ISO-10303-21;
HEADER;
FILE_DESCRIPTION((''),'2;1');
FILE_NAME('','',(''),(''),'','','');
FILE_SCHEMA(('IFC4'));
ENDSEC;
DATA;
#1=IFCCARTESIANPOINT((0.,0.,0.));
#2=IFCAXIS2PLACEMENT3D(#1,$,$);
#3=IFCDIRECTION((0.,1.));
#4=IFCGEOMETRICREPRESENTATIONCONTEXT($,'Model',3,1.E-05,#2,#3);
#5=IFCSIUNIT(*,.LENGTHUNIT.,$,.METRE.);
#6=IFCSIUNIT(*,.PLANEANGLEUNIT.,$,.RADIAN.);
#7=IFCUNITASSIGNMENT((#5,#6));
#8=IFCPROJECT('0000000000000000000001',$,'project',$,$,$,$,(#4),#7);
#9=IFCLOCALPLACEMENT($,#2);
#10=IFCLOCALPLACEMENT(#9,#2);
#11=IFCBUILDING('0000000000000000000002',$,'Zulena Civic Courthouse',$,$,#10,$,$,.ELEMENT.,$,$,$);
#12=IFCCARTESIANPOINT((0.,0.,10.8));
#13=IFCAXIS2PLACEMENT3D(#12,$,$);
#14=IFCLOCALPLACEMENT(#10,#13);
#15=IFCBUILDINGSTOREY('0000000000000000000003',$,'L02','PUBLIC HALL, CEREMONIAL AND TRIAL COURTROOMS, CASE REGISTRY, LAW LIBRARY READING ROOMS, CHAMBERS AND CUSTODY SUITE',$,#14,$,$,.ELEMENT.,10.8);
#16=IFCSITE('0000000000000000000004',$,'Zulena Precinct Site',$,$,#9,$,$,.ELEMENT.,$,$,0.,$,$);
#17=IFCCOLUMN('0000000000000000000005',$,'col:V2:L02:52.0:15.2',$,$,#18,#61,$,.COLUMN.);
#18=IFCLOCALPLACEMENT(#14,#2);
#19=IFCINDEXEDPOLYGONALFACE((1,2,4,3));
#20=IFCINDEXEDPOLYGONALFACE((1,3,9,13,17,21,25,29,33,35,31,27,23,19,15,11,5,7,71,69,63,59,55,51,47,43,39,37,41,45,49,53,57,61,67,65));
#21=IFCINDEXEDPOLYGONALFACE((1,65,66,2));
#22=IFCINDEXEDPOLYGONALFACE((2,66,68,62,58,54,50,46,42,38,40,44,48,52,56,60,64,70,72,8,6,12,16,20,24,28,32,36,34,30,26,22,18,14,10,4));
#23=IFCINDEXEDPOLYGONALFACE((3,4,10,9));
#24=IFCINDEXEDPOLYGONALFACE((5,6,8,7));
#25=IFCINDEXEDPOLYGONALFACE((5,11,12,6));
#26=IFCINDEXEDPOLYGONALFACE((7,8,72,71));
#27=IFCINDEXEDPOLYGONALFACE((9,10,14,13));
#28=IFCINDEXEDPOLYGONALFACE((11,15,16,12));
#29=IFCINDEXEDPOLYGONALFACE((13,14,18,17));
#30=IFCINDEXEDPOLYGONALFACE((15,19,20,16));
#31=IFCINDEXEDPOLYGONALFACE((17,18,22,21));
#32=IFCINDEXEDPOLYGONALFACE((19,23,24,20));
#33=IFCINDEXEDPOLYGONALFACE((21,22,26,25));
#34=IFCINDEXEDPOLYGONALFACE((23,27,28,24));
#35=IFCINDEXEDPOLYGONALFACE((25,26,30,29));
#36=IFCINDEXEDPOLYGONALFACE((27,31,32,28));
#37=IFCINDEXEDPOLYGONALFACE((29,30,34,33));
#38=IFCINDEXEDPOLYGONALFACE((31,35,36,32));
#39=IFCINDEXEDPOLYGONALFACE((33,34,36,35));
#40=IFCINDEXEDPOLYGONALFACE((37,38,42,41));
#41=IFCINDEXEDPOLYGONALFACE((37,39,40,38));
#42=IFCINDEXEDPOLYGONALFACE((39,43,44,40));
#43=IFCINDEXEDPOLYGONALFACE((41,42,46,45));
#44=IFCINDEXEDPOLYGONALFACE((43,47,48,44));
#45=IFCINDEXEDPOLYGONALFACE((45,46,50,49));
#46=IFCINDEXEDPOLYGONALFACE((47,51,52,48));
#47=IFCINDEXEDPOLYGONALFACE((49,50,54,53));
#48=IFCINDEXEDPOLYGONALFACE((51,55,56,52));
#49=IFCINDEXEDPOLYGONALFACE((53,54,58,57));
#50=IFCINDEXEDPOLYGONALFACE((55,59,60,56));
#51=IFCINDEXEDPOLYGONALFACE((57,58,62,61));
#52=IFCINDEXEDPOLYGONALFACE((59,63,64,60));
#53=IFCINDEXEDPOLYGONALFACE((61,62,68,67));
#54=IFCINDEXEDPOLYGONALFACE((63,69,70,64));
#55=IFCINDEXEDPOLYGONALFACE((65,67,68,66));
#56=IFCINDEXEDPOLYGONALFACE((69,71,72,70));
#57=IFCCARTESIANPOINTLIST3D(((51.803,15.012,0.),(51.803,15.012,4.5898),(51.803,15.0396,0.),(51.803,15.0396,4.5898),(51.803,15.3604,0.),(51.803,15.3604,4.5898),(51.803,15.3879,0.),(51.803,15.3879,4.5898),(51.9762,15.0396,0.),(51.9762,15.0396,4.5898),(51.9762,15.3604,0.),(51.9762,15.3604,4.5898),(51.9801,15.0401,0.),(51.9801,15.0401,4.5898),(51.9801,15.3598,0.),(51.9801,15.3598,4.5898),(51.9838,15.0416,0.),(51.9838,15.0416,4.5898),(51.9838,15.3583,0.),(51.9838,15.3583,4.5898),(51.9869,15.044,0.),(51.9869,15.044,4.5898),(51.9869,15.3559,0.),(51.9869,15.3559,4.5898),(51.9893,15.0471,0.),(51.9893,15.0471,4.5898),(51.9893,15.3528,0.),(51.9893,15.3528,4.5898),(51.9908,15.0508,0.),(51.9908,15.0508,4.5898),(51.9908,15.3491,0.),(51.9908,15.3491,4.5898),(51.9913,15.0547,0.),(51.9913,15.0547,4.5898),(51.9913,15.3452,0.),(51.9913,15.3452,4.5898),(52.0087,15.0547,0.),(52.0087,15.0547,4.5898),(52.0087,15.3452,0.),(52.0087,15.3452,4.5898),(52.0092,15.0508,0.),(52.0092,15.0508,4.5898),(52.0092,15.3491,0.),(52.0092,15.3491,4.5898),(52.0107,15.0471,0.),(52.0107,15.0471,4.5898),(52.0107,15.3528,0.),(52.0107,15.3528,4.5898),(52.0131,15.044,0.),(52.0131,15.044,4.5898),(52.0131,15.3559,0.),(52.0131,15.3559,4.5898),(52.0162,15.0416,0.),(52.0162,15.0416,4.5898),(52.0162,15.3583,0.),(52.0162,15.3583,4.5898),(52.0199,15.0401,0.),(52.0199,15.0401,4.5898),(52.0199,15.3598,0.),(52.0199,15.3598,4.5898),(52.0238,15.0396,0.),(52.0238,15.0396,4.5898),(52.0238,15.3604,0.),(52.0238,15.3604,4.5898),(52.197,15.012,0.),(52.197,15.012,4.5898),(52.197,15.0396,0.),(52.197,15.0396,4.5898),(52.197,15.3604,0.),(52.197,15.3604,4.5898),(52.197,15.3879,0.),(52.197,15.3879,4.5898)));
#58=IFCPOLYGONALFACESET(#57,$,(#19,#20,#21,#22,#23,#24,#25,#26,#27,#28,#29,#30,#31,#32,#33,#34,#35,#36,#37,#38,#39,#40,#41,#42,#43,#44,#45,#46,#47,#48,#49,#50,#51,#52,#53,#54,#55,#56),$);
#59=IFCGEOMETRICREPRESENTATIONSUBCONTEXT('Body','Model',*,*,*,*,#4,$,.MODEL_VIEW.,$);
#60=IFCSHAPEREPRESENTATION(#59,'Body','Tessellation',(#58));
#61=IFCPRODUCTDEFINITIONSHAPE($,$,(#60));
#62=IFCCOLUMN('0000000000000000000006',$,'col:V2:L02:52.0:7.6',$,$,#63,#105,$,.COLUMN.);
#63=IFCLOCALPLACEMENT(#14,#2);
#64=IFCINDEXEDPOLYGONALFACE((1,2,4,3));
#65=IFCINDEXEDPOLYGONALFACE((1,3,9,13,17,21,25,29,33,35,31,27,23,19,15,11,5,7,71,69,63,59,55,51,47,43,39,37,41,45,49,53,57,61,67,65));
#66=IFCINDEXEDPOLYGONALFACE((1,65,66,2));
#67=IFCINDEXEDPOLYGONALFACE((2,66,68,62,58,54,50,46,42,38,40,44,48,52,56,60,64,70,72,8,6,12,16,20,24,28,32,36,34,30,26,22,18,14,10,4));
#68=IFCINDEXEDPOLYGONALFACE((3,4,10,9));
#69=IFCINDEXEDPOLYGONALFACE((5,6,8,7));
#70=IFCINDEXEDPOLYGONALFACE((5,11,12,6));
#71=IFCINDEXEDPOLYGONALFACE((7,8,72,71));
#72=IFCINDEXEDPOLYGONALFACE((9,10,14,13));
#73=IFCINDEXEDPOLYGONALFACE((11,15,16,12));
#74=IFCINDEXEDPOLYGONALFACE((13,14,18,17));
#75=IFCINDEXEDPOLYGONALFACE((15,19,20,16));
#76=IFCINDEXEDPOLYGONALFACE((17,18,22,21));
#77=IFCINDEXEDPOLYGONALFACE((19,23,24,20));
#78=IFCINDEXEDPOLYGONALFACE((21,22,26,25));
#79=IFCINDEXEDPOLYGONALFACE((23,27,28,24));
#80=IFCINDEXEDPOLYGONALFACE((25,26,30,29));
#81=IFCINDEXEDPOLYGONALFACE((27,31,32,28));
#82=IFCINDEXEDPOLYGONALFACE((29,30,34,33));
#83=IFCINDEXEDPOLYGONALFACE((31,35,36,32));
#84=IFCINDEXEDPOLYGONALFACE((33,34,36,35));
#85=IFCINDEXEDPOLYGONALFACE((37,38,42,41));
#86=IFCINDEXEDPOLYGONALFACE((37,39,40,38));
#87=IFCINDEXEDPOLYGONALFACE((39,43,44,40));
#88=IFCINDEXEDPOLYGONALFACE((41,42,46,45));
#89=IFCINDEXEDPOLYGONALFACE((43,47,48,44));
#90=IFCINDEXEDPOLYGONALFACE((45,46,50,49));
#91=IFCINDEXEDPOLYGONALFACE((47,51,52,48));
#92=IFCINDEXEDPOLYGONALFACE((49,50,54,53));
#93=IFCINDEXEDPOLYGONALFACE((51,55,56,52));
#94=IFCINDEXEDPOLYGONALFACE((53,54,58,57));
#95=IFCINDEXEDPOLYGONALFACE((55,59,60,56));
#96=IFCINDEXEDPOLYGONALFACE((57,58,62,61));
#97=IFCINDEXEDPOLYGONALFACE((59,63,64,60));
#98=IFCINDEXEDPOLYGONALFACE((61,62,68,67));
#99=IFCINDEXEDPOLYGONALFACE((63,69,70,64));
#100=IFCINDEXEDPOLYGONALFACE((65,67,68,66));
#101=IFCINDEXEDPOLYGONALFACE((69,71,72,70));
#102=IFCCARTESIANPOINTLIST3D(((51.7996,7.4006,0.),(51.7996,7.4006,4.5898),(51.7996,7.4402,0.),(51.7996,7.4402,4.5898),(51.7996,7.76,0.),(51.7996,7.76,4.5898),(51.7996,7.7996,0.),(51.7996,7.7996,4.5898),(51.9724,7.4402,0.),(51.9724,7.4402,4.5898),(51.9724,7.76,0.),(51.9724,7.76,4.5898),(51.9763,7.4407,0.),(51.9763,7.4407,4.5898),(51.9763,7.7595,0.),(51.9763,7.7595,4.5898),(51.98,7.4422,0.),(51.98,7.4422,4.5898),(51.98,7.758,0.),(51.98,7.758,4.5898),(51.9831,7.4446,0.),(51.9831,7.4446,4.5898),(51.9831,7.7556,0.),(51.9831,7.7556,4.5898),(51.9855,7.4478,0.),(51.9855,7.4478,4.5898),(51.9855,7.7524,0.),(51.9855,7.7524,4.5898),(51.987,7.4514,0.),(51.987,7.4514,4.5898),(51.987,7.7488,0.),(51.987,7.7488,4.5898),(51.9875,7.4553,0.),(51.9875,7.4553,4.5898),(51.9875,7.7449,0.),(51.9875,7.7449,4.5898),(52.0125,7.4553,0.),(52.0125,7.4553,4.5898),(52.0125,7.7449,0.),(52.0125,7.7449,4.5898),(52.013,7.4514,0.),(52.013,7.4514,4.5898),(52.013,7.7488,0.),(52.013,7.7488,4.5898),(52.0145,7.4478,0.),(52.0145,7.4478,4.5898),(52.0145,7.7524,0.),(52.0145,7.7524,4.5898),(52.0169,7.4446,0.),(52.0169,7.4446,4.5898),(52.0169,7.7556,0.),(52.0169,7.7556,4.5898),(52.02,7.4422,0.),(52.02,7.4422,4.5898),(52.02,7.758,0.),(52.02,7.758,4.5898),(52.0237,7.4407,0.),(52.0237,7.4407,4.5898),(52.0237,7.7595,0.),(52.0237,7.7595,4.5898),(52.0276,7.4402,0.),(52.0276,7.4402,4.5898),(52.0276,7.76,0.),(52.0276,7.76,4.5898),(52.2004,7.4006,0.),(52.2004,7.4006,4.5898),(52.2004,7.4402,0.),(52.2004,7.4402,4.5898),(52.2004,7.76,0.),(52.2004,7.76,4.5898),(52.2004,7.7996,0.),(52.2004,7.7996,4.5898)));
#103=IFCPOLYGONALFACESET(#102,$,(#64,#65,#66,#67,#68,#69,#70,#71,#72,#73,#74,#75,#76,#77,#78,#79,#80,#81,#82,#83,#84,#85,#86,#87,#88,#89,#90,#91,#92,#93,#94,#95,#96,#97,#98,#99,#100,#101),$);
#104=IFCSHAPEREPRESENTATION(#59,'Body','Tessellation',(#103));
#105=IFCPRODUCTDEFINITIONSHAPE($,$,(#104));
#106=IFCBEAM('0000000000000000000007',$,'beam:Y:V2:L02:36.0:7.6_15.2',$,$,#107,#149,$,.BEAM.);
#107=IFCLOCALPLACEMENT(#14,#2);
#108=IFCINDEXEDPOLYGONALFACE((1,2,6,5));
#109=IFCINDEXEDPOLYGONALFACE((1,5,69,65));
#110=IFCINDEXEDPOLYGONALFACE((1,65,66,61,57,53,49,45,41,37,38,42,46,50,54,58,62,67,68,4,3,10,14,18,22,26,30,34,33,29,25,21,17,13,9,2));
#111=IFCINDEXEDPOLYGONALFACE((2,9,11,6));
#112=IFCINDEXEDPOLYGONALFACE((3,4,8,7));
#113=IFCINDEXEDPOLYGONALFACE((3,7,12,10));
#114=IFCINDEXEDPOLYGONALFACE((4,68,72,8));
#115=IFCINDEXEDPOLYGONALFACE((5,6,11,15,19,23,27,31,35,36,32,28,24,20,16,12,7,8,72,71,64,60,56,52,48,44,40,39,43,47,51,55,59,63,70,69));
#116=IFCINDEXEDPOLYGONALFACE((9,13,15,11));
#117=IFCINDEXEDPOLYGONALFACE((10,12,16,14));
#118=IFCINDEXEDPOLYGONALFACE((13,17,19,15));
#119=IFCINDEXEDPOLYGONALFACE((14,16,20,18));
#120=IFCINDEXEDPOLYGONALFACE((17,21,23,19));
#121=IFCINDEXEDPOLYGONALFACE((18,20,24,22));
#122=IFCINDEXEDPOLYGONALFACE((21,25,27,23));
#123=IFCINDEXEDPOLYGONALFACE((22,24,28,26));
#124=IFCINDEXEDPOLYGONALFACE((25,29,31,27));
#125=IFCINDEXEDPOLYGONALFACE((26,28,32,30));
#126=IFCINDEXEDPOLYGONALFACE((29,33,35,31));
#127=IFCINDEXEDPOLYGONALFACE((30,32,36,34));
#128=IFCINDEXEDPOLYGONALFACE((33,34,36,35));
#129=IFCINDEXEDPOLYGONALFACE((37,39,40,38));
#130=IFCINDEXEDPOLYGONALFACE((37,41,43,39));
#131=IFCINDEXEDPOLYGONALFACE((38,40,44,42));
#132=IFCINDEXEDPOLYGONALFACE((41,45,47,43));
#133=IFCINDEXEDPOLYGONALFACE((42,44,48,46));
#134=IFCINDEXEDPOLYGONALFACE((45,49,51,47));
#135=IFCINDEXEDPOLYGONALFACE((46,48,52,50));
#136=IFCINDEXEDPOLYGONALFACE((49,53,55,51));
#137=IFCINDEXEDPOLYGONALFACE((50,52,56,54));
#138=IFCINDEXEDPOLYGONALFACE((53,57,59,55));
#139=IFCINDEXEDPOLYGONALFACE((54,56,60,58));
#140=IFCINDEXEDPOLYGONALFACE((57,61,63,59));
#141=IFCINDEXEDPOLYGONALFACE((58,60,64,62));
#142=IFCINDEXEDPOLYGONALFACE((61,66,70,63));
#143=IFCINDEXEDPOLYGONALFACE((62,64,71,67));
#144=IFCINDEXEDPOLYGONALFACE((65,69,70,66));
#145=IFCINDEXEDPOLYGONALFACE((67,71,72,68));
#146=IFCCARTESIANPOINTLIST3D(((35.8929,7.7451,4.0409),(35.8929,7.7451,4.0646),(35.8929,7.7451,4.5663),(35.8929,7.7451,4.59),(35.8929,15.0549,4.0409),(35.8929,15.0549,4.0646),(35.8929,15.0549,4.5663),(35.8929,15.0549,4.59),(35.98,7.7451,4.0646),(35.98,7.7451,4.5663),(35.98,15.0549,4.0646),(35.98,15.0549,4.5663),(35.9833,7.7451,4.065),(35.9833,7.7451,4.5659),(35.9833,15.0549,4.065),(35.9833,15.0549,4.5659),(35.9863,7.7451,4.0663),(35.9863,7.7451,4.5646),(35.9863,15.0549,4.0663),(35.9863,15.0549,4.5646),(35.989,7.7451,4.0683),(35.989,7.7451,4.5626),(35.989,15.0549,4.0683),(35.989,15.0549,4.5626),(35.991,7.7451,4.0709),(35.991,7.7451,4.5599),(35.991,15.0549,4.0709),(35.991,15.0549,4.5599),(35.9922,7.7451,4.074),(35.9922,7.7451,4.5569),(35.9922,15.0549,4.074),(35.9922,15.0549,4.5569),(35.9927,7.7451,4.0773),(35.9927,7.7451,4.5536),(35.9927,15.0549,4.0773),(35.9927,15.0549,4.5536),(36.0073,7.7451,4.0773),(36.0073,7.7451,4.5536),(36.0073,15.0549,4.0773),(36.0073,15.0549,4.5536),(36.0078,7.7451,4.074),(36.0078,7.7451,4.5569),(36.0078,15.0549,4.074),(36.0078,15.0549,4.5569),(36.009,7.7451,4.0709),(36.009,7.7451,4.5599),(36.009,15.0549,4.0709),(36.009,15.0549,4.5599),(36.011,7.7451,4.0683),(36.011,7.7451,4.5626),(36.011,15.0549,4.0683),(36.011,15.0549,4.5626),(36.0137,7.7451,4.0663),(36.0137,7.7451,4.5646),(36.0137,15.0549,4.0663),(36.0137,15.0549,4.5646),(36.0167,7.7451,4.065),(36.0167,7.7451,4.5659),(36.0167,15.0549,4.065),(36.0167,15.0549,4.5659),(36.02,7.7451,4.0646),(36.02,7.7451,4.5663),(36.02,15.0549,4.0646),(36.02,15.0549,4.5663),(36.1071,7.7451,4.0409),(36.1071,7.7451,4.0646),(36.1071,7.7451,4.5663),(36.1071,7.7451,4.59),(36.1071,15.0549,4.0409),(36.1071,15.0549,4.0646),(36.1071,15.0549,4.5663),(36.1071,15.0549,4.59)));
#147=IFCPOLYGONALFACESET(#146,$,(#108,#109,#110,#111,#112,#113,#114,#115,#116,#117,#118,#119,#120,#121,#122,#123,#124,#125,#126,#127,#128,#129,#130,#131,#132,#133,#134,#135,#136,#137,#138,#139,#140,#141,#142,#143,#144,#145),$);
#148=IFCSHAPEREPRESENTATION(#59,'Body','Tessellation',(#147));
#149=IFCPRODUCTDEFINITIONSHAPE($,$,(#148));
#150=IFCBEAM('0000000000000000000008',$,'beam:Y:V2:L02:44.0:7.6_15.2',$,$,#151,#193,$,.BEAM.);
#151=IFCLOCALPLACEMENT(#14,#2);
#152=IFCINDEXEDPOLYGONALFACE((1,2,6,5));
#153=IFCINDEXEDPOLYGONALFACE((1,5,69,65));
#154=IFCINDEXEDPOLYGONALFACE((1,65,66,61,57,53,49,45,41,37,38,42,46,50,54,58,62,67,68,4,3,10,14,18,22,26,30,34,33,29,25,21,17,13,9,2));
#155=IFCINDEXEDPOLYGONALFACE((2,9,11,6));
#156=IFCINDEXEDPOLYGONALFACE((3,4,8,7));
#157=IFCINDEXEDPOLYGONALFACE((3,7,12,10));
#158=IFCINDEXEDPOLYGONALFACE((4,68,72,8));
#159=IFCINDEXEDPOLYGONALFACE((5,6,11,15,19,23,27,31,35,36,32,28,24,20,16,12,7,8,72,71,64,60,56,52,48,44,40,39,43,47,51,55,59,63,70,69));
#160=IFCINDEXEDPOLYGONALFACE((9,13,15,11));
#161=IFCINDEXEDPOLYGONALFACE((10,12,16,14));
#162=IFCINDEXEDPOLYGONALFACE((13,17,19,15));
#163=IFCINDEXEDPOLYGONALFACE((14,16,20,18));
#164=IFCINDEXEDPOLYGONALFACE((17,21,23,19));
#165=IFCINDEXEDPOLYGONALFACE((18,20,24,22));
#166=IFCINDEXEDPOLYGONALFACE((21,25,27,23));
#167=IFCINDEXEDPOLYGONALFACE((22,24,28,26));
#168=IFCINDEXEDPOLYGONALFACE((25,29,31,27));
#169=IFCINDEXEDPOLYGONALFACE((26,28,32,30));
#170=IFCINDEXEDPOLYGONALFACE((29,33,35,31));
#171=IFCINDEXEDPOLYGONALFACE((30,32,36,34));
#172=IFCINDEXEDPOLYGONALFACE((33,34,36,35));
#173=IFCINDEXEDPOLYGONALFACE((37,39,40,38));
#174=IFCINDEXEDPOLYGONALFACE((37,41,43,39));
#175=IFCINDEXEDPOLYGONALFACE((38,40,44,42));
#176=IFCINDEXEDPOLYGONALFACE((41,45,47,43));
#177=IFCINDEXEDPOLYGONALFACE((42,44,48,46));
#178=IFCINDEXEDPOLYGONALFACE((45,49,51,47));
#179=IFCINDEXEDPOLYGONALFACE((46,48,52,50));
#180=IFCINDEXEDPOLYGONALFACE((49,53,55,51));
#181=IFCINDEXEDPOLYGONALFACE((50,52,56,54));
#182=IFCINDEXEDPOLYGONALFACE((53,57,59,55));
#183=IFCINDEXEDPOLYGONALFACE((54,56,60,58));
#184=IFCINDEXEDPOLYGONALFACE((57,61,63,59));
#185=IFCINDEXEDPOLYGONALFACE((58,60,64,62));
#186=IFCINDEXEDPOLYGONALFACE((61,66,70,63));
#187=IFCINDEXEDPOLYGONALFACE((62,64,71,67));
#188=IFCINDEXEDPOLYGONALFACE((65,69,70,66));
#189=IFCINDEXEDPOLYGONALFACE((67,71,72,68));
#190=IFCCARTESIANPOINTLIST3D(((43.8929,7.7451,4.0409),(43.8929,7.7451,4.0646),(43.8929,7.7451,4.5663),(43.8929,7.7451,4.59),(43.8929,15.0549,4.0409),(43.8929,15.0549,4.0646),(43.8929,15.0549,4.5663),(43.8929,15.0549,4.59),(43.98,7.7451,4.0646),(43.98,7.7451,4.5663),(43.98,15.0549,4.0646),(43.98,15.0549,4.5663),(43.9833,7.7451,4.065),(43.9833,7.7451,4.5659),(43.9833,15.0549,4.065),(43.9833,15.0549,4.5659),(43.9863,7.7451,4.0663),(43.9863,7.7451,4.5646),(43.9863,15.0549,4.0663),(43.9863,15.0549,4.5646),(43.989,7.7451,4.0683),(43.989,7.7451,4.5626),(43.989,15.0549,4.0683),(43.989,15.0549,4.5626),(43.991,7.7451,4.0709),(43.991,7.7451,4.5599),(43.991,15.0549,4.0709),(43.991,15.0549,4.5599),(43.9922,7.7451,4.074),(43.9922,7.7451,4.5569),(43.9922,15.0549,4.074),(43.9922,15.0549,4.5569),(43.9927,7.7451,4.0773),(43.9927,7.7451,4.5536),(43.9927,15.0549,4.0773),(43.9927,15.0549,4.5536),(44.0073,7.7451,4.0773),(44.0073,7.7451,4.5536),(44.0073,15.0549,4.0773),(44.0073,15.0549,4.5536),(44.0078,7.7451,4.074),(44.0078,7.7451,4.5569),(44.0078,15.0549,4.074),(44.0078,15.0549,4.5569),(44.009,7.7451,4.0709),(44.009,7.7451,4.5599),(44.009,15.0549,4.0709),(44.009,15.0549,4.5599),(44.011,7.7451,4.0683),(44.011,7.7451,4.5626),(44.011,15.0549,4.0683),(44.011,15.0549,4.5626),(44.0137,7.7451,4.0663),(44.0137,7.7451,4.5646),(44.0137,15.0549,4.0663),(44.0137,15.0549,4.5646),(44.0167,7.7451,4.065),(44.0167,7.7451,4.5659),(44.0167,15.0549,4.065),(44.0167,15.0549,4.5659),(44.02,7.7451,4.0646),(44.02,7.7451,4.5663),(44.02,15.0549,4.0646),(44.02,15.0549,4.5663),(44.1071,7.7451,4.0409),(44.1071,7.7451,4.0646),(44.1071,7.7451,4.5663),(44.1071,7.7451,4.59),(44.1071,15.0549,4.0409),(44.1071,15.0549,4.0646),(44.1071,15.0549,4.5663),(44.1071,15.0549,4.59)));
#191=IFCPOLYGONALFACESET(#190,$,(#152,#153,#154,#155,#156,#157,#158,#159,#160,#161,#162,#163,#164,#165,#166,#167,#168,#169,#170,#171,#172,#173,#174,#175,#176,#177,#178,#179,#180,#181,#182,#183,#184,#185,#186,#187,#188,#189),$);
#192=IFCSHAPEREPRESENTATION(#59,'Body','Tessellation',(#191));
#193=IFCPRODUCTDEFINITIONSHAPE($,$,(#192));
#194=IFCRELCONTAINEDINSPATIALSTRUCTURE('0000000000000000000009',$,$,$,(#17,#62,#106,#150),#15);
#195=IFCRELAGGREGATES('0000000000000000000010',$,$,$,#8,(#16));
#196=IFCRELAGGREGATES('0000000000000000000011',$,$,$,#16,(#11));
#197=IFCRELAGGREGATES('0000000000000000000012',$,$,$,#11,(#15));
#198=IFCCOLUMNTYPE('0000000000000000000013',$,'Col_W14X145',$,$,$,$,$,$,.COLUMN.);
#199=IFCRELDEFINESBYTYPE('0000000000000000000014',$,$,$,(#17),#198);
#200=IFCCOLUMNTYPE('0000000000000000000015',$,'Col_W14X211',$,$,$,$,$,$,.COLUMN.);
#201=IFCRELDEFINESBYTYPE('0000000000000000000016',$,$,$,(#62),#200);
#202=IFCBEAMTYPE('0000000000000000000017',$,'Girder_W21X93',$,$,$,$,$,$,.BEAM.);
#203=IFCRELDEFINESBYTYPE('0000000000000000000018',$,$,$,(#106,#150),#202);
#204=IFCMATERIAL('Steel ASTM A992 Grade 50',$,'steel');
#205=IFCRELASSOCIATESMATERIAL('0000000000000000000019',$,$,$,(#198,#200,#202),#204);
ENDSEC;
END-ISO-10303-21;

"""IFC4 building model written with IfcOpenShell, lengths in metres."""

from ifc_helpers import new_model, si_unit, direction, frame, origin, origin_2d, place, context, subcontext, project, spatial, i_section, extrude, material, material_profile, profile_set, type_object, element, save


model = new_model("IFC4")

# Units and contexts
model_context = context("Model", 3, precision=1e-05, world=origin(), true_north=direction((0.0, 1.0)))
body_context = subcontext(model_context, "Body", "Model", "MODEL_VIEW")
ifc_project = project(units=[si_unit("LENGTHUNIT", "METRE"), si_unit("PLANEANGLEUNIT", "RADIAN")], contexts=[model_context])

# Site, building, storey
site_placement = place(None, origin())
site = spatial("IfcSite", under=ifc_project, at=site_placement, Name="Zulena Precinct Site", CompositionType="ELEMENT", RefElevation=0.0)
building_placement = place(site_placement, origin())
building = spatial("IfcBuilding", under=site, at=building_placement, Name="Zulena Civic Courthouse", CompositionType="ELEMENT")
storey_placement = place(building_placement, frame((0.0, 0.0, 10.8)))
storey = spatial("IfcBuildingStorey", under=building, at=storey_placement, Name="L02", Description="PUBLIC HALL, CEREMONIAL AND TRIAL COURTROOMS, CASE REGISTRY, LAW LIBRARY READING ROOMS, CHAMBERS AND CUSTODY SUITE", CompositionType="ELEMENT", Elevation=10.8)

# Columns
ifc_material_1 = material(Name="Steel ASTM A992 Grade 50", Category="steel")
ifc_material_profile_1 = material_profile(ifc_material_1, i_section(OverallWidth=0.394, OverallDepth=0.376, WebThickness=0.0173, FlangeThickness=0.0276, FilletRadius=0.0151, at=origin_2d()), Name="W14X145")
ifc_profile_set_1 = profile_set([ifc_material_profile_1], Name="Steel ASTM A992 Grade 50")
column_type_1 = type_object("IfcColumnType", Name="Col_W14X145", PredefinedType="COLUMN", material=ifc_profile_set_1)
for number, where, z_axis, x_axis, name in (
    (1, (52.0, 15.2, 0.0), (0.0, 0.0, 1.0), (1.0, 0.0, 0.0), "col:V2:L02:52.0:15.2"),
):
    element("IfcColumn", number, at=place(storey_placement, frame(where, z_axis=z_axis, x_axis=x_axis)), inside=storey, type_object=column_type_1, Name=name, PredefinedType="COLUMN", context=body_context, shape_type="SweptSolid", body=[
        extrude(i_section(OverallWidth=0.394, OverallDepth=0.376, WebThickness=0.0173, FlangeThickness=0.0276, FilletRadius=0.0151, at=origin_2d()), origin(), (0.0, 0.0, 1.0), 4.5898),
    ])
ifc_material_profile_2 = material_profile(ifc_material_1, i_section(OverallWidth=0.4009, OverallDepth=0.3989, WebThickness=0.0249, FlangeThickness=0.0396, FilletRadius=0.0151, at=origin_2d()), Name="W14X211")
ifc_profile_set_2 = profile_set([ifc_material_profile_2], Name="Steel ASTM A992 Grade 50")
column_type_2 = type_object("IfcColumnType", Name="Col_W14X211", PredefinedType="COLUMN", material=ifc_profile_set_2)
column_placement = place(storey_placement, frame((52.0, 7.6001, 0.0), z_axis=(0.0, 0.0, 1.0), x_axis=(1.0, 0.0, 0.0)))
element("IfcColumn", 2, at=column_placement, inside=storey, type_object=column_type_2, Name="col:V2:L02:52.0:7.6", PredefinedType="COLUMN", context=body_context, shape_type="SweptSolid", body=[
    extrude(i_section(OverallWidth=0.4009, OverallDepth=0.3989, WebThickness=0.0249, FlangeThickness=0.0396, FilletRadius=0.0151, at=origin_2d()), origin(), (0.0, 0.0, 1.0), 4.5898),
])

# Beams
ifc_material_profile_3 = material_profile(ifc_material_1, i_section(OverallWidth=0.2141, OverallDepth=0.5491, WebThickness=0.0146, FlangeThickness=0.0237, FilletRadius=0.0127, at=origin_2d()), Name="W21X93")
ifc_profile_set_3 = profile_set([ifc_material_profile_3], Name="Steel ASTM A992 Grade 50")
beam_type_1 = type_object("IfcBeamType", Name="Girder_W21X93", PredefinedType="BEAM", material=ifc_profile_set_3)
for number, where, z_axis, x_axis, name in (
    (3, (36.0, 7.7451, 4.3154), (0.0, 1.0, 0.0), (-1.0, 0.0, 0.0), "beam:Y:V2:L02:36.0:7.6_15.2"),
    (4, (44.0, 7.7451, 4.3154), (0.0, 1.0, 0.0), (-1.0, 0.0, 0.0), "beam:Y:V2:L02:44.0:7.6_15.2"),
):
    element("IfcBeam", number, at=place(storey_placement, frame(where, z_axis=z_axis, x_axis=x_axis)), inside=storey, type_object=beam_type_1, Name=name, PredefinedType="BEAM", context=body_context, shape_type="SweptSolid", body=[
        extrude(i_section(OverallWidth=0.2141, OverallDepth=0.5491, WebThickness=0.0146, FlangeThickness=0.0237, FilletRadius=0.0127, at=origin_2d()), origin(), (0.0, 0.0, 1.0), 7.3098),
    ])

save(model, "model.ifc")
